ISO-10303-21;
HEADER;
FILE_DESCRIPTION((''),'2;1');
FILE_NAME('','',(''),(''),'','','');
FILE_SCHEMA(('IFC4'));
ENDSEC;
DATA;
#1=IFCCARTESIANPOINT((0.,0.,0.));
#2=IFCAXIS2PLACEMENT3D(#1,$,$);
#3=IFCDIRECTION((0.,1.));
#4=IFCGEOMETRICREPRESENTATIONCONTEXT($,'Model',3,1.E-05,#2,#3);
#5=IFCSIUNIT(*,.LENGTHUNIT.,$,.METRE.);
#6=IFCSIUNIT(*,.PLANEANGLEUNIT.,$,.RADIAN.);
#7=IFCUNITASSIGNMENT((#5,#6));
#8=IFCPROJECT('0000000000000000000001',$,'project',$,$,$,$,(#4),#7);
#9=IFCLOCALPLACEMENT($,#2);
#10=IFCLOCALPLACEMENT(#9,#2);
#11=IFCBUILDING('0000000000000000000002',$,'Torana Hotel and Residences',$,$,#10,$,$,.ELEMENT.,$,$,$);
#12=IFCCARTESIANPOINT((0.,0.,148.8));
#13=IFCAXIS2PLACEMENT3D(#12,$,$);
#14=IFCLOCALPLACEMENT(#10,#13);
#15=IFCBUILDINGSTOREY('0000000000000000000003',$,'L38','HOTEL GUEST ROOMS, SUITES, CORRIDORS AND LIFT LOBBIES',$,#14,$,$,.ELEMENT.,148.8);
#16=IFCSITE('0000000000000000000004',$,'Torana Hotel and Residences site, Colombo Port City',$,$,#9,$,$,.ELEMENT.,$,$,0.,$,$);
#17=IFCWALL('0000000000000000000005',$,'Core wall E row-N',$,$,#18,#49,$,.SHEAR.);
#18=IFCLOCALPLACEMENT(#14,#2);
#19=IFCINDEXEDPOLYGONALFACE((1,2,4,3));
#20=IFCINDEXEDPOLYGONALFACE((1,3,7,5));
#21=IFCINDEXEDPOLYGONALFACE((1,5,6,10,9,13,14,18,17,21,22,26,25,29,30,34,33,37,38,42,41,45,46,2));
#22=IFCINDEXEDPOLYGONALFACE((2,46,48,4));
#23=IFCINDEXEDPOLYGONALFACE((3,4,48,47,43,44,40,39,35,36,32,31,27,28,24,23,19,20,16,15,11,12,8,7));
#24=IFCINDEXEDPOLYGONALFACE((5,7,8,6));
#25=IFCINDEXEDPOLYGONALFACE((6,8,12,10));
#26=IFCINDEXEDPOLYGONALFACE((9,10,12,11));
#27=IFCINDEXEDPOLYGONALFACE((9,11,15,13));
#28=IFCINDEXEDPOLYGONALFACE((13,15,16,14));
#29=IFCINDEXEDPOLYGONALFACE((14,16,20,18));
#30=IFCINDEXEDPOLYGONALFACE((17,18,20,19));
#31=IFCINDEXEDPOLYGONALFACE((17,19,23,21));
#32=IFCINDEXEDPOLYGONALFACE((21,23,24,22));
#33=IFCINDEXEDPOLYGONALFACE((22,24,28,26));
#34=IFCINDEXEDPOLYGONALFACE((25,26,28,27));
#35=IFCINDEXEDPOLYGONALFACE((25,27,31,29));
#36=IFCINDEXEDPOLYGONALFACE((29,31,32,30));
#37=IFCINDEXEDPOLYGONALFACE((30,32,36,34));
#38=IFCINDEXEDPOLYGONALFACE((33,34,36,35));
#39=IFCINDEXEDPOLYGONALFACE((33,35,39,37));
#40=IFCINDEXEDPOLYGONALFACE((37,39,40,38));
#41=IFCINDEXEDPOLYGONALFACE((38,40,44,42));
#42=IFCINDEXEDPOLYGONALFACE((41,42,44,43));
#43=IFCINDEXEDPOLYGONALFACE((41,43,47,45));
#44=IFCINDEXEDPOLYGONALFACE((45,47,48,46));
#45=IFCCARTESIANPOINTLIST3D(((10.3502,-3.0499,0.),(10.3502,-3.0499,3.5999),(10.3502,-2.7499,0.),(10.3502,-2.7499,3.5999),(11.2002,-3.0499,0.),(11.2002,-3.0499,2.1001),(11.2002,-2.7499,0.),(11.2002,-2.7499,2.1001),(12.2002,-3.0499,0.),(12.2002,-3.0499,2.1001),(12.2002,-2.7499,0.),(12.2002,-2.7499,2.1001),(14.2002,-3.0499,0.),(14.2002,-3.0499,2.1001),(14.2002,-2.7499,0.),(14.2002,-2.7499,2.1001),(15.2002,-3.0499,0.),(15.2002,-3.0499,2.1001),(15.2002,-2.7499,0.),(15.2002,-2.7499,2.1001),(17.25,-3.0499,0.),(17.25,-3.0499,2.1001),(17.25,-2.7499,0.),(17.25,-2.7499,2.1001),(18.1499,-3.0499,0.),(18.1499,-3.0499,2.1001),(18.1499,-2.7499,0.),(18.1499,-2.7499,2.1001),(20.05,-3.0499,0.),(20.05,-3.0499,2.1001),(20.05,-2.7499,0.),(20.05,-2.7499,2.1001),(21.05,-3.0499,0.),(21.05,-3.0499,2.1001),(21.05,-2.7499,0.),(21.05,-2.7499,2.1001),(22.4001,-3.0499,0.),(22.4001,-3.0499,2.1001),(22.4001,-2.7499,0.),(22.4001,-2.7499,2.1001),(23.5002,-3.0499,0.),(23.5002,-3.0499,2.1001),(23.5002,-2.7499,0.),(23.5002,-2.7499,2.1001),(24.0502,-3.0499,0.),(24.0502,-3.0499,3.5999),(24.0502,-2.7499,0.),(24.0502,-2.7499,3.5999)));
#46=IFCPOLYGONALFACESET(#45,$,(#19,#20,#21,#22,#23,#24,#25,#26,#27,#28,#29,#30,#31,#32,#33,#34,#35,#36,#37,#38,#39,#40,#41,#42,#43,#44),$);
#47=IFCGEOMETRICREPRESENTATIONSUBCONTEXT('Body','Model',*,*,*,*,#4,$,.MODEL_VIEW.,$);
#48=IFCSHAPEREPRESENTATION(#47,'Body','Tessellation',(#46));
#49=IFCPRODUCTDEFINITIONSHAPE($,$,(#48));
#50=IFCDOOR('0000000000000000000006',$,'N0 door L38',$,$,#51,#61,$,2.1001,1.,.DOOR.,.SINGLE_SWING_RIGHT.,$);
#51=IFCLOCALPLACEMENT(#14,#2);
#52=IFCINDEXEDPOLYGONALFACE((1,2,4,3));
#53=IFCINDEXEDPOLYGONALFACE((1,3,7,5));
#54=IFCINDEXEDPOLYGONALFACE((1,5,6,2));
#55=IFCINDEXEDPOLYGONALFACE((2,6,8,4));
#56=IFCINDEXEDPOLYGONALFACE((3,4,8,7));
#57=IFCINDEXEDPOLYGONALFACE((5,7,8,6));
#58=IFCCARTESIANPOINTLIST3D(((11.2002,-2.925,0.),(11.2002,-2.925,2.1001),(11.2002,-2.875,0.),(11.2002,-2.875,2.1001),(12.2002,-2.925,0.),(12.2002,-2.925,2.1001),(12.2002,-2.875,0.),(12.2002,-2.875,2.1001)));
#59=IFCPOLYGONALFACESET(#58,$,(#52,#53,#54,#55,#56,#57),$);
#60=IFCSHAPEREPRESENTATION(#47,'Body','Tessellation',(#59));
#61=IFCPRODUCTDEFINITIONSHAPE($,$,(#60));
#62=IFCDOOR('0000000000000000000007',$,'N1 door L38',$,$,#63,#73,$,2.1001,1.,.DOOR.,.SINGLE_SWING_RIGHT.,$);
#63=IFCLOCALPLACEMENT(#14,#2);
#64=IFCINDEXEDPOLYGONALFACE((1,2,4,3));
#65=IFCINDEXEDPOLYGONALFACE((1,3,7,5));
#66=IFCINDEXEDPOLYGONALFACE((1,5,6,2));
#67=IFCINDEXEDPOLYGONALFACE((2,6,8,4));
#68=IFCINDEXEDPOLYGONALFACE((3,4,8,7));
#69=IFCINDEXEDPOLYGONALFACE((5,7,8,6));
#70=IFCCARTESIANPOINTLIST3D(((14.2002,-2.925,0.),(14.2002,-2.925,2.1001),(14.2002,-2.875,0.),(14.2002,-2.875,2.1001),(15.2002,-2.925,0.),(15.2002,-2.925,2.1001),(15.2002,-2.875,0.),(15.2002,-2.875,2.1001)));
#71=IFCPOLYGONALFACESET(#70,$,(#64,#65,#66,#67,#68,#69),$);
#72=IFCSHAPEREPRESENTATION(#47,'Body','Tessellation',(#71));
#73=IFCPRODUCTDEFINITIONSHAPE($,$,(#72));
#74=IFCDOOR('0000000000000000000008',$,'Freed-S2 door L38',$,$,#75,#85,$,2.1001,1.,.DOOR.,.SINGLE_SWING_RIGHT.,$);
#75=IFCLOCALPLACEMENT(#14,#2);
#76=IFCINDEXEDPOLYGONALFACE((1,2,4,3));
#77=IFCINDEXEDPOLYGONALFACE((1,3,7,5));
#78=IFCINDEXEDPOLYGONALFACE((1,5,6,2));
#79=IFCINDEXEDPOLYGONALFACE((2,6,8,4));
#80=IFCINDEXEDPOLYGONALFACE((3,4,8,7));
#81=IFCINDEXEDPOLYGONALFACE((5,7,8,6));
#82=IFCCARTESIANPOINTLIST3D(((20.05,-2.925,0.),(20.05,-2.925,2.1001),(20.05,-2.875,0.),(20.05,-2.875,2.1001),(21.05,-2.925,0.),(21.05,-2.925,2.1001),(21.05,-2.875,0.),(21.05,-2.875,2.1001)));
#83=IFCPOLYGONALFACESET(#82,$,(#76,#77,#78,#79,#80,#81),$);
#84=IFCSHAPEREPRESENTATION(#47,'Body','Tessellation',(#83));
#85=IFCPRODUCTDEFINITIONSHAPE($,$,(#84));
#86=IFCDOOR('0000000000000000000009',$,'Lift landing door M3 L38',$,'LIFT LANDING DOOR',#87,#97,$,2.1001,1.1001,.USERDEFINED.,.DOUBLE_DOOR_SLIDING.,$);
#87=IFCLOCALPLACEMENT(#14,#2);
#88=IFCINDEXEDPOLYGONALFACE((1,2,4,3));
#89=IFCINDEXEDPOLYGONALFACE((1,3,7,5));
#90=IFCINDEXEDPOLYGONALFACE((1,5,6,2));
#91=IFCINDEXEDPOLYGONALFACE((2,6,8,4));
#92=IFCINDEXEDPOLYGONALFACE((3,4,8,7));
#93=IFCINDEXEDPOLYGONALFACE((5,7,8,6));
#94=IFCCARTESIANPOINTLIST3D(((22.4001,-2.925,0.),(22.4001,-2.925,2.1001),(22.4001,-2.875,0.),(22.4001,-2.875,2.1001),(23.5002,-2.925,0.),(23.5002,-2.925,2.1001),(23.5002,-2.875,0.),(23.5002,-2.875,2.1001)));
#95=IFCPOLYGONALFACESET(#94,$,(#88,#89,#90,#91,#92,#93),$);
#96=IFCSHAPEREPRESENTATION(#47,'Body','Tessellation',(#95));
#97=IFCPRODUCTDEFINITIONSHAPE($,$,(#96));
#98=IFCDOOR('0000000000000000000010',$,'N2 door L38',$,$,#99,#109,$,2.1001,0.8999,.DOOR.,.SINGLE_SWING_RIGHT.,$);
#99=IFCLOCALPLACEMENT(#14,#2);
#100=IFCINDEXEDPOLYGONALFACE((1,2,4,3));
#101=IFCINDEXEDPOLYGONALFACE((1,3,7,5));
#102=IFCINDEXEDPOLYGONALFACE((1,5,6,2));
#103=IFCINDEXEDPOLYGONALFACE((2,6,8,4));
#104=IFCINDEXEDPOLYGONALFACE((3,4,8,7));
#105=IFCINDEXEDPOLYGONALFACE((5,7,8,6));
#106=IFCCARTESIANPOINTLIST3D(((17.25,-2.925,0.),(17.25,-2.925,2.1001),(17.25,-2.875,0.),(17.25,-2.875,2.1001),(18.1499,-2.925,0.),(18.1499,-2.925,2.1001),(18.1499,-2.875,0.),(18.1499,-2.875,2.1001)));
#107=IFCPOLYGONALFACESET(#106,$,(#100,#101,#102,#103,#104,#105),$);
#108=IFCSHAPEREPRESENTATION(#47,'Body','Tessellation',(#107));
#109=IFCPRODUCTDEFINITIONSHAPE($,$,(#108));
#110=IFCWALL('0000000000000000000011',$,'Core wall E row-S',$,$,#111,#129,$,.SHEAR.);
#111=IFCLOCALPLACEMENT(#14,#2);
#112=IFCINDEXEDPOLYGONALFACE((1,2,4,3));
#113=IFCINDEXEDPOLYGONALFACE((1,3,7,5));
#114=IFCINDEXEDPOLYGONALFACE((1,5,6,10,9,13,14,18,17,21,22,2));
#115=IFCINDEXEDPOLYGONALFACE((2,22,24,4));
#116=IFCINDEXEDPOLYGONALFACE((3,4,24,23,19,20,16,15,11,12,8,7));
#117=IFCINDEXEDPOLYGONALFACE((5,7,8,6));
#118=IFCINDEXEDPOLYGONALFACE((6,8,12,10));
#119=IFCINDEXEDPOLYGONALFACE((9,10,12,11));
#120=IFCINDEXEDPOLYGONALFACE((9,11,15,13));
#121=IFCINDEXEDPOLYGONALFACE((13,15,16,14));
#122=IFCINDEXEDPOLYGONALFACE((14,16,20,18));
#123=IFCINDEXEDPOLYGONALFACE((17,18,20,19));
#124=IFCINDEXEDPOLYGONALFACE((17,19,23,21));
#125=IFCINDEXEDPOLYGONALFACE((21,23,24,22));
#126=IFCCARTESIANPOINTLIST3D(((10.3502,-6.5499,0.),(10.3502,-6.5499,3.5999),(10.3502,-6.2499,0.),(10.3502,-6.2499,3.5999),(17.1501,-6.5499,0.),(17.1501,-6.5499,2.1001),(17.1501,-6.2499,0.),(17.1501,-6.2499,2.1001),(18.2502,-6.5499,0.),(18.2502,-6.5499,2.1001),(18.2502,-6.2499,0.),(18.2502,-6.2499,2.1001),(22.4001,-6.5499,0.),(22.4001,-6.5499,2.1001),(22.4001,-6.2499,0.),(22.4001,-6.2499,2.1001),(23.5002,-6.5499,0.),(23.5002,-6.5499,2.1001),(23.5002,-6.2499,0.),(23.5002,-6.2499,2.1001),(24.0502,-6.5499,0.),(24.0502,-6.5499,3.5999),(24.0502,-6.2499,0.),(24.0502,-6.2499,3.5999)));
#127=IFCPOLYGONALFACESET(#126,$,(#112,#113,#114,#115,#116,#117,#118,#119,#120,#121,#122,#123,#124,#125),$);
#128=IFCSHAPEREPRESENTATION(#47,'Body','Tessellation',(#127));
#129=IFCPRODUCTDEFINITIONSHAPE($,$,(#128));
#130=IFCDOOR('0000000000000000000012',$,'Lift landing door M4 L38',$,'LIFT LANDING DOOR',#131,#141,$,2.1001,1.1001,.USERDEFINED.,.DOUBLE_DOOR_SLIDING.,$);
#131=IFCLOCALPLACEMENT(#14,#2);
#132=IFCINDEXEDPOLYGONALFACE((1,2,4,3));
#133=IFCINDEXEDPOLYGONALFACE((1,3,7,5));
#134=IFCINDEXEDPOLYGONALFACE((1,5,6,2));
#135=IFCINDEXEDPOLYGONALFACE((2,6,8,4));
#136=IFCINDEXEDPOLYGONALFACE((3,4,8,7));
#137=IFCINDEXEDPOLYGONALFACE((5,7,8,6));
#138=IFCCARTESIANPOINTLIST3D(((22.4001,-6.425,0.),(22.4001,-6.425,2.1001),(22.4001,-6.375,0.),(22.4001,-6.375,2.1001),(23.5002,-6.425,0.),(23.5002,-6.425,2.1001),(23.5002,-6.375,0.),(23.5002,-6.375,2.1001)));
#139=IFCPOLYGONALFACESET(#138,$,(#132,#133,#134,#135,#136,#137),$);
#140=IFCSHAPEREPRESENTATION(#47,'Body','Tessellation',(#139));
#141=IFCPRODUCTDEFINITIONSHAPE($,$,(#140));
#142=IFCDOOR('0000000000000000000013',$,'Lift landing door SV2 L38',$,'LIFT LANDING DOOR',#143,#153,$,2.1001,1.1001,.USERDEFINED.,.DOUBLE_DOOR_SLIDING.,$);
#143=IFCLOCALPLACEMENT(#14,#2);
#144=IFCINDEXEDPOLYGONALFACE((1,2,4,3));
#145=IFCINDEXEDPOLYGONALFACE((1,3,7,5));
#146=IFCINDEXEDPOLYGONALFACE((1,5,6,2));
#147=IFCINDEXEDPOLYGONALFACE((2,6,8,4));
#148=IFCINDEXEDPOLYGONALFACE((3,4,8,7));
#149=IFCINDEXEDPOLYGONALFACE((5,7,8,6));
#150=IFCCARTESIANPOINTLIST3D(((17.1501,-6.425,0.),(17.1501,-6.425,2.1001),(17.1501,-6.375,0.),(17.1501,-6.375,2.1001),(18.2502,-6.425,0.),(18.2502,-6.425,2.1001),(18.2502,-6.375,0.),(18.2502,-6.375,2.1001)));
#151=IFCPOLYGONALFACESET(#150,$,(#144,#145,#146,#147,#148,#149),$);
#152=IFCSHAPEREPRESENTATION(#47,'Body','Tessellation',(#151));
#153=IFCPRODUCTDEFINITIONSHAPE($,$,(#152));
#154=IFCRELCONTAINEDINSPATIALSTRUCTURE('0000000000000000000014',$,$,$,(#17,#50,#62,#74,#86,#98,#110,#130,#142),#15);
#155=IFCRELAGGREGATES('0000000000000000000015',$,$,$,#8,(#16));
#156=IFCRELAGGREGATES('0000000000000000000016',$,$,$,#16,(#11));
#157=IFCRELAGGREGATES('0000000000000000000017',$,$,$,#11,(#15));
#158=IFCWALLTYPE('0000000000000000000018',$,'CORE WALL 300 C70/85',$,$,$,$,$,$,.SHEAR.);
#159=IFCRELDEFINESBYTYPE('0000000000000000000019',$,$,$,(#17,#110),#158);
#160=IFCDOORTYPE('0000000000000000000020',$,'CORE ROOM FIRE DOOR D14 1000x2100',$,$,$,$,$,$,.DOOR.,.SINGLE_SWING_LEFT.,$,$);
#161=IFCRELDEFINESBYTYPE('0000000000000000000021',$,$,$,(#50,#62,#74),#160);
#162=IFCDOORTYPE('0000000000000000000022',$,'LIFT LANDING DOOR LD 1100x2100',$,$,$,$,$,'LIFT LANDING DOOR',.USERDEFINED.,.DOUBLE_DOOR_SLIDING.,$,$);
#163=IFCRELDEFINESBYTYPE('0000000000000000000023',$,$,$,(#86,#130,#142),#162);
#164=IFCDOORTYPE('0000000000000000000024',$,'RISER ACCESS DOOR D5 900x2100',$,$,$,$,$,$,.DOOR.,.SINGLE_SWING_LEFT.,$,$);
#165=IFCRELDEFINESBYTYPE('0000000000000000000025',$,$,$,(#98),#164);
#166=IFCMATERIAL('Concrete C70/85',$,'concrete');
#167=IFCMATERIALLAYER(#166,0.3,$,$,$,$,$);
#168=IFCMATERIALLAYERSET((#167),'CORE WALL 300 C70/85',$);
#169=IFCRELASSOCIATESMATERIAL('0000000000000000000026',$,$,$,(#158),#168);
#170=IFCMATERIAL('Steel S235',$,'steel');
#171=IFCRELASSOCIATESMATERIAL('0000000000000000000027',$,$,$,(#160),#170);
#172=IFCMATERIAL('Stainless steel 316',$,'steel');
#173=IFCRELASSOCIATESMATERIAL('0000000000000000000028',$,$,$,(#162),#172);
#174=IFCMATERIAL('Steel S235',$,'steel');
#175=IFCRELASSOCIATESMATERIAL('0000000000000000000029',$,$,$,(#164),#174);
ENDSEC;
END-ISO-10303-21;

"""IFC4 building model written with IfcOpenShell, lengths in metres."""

from ifc_helpers import new_model, si_unit, direction, frame, frame_2d, origin, place, context, subcontext, project, spatial, rectangle, extrude, material, layer, layer_set, type_object, element, fill, save


model = new_model("IFC4")

# Units and contexts
model_context = context("Model", 3, precision=1e-05, world=origin(), true_north=direction((0.0, 1.0)))
body_context = subcontext(model_context, "Body", "Model", "MODEL_VIEW")
ifc_project = project(units=[si_unit("LENGTHUNIT", "METRE"), si_unit("PLANEANGLEUNIT", "RADIAN")], contexts=[model_context])

# Site, building, storey
site_placement = place(None, origin())
site = spatial("IfcSite", under=ifc_project, at=site_placement, Name="Torana Hotel and Residences site, Colombo Port City", CompositionType="ELEMENT", RefElevation=0.0)
building_placement = place(site_placement, origin())
building = spatial("IfcBuilding", under=site, at=building_placement, Name="Torana Hotel and Residences", CompositionType="ELEMENT")
storey_placement = place(building_placement, frame((0.0, 0.0, 148.8)))
storey = spatial("IfcBuildingStorey", under=building, at=storey_placement, Name="L38", Description="HOTEL GUEST ROOMS, SUITES, CORRIDORS AND LIFT LOBBIES", CompositionType="ELEMENT", Elevation=148.8)

# Walls, openings, doors
ifc_material_1 = material(Name="Concrete C70/85", Category="concrete")
ifc_layer_1 = layer(ifc_material_1, 0.3)
ifc_layer_set_1 = layer_set([ifc_layer_1], Name="CORE WALL 300 C70/85")
wall_type_1 = type_object("IfcWallType", Name="CORE WALL 300 C70/85", PredefinedType="SHEAR", material=ifc_layer_set_1)
wall_1_placement = place(storey_placement, frame((10.3501, -2.8999, 0.0), z_axis=(0.0, 0.0, 1.0), x_axis=(1.0, 0.0, 0.0)))
wall_1 = element("IfcWall", 1, at=wall_1_placement, inside=storey, type_object=wall_type_1, Name="Core wall E row-N", PredefinedType="SHEAR", context=body_context, shape_type="SweptSolid", body=[
    extrude(rectangle(XDim=13.7, YDim=0.3, at=frame_2d((6.8501, 0.0))), origin(), (0.0, 0.0, 1.0), 3.5999),
])
opening_1_placement = place(wall_1_placement, frame((12.05, 0.0, 0.0)))
opening_1 = element("IfcOpeningElement", 2, at=opening_1_placement, cuts=wall_1, PredefinedType="OPENING", context=body_context, shape_type="SweptSolid", body=[
    extrude(rectangle(XDim=1.1001, YDim=2.1001, at=frame_2d((0.55, 1.05))), frame((0.0, 0.1599, 0.0), z_axis=(0.0, -1.0, 0.0), x_axis=(1.0, 0.0, 0.0)), (0.0, 0.0, 1.0), 0.3201),
])
opening_2_placement = place(wall_1_placement, frame((6.8999, 0.0, 0.0)))
opening_2 = element("IfcOpeningElement", 3, at=opening_2_placement, cuts=wall_1, PredefinedType="OPENING", context=body_context, shape_type="SweptSolid", body=[
    extrude(rectangle(XDim=0.8999, YDim=2.1001, at=frame_2d((0.45, 1.05))), frame((0.0, 0.1599, 0.0), z_axis=(0.0, -1.0, 0.0), x_axis=(1.0, 0.0, 0.0)), (0.0, 0.0, 1.0), 0.3201),
])
opening_3_placement = place(wall_1_placement, frame((0.8501, 0.0, 0.0)))
opening_3 = element("IfcOpeningElement", 4, at=opening_3_placement, cuts=wall_1, PredefinedType="OPENING", context=body_context, shape_type="SweptSolid", body=[
    extrude(rectangle(XDim=1.0, YDim=2.1001, at=frame_2d((0.5, 1.05))), frame((0.0, 0.1599, 0.0), z_axis=(0.0, -1.0, 0.0), x_axis=(1.0, 0.0, 0.0)), (0.0, 0.0, 1.0), 0.3201),
])
opening_4_placement = place(wall_1_placement, frame((3.8501, 0.0, 0.0)))
opening_4 = element("IfcOpeningElement", 5, at=opening_4_placement, cuts=wall_1, PredefinedType="OPENING", context=body_context, shape_type="SweptSolid", body=[
    extrude(rectangle(XDim=1.0, YDim=2.1001, at=frame_2d((0.5, 1.05))), frame((0.0, 0.1599, 0.0), z_axis=(0.0, -1.0, 0.0), x_axis=(1.0, 0.0, 0.0)), (0.0, 0.0, 1.0), 0.3201),
])
opening_5_placement = place(wall_1_placement, frame((9.7, 0.0, 0.0)))
opening_5 = element("IfcOpeningElement", 6, at=opening_5_placement, cuts=wall_1, PredefinedType="OPENING", context=body_context, shape_type="SweptSolid", body=[
    extrude(rectangle(XDim=1.0, YDim=2.1001, at=frame_2d((0.5, 1.05))), frame((0.0, 0.1599, 0.0), z_axis=(0.0, -1.0, 0.0), x_axis=(1.0, 0.0, 0.0)), (0.0, 0.0, 1.0), 0.3201),
])
ifc_material_2 = material(Name="Steel S235", Category="steel")
door_type_1 = type_object("IfcDoorType", Name="CORE ROOM FIRE DOOR D14 1000x2100", OperationType="SINGLE_SWING_LEFT", PredefinedType="DOOR", material=ifc_material_2)
door_1_placement = place(opening_3_placement, origin())
door_1 = element("IfcDoor", 7, at=door_1_placement, inside=storey, type_object=door_type_1, Name="N0 door L38", OperationType="SINGLE_SWING_RIGHT", OverallHeight=2.1001, OverallWidth=1.0, PredefinedType="DOOR", context=body_context, shape_type="SweptSolid", body=[
    extrude(rectangle(XDim=1.0, YDim=2.1001, at=frame_2d((0.5, 1.05))), frame((0.0, 0.0249, 0.0), z_axis=(0.0, -1.0, 0.0), x_axis=(1.0, 0.0, 0.0)), (0.0, 0.0, 1.0), 0.05),
])
fill(opening_3, door_1)
door_2_placement = place(opening_4_placement, origin())
door_2 = element("IfcDoor", 8, at=door_2_placement, inside=storey, type_object=door_type_1, Name="N1 door L38", OperationType="SINGLE_SWING_RIGHT", OverallHeight=2.1001, OverallWidth=1.0, PredefinedType="DOOR", context=body_context, shape_type="SweptSolid", body=[
    extrude(rectangle(XDim=1.0, YDim=2.1001, at=frame_2d((0.5, 1.05))), frame((0.0, 0.0249, 0.0), z_axis=(0.0, -1.0, 0.0), x_axis=(1.0, 0.0, 0.0)), (0.0, 0.0, 1.0), 0.05),
])
fill(opening_4, door_2)
door_3_placement = place(opening_5_placement, origin())
door_3 = element("IfcDoor", 9, at=door_3_placement, inside=storey, type_object=door_type_1, Name="Freed-S2 door L38", OperationType="SINGLE_SWING_RIGHT", OverallHeight=2.1001, OverallWidth=1.0, PredefinedType="DOOR", context=body_context, shape_type="SweptSolid", body=[
    extrude(rectangle(XDim=1.0, YDim=2.1001, at=frame_2d((0.5, 1.05))), frame((0.0, 0.0249, 0.0), z_axis=(0.0, -1.0, 0.0), x_axis=(1.0, 0.0, 0.0)), (0.0, 0.0, 1.0), 0.05),
])
fill(opening_5, door_3)
ifc_material_3 = material(Name="Stainless steel 316", Category="steel")
door_type_2 = type_object("IfcDoorType", Name="LIFT LANDING DOOR LD 1100x2100", ElementType="LIFT LANDING DOOR", OperationType="DOUBLE_DOOR_SLIDING", PredefinedType="USERDEFINED", material=ifc_material_3)
door_4_placement = place(opening_1_placement, origin())
door_4 = element("IfcDoor", 10, at=door_4_placement, inside=storey, type_object=door_type_2, Name="Lift landing door M3 L38", ObjectType="LIFT LANDING DOOR", OperationType="DOUBLE_DOOR_SLIDING", OverallHeight=2.1001, OverallWidth=1.1001, PredefinedType="USERDEFINED", context=body_context, shape_type="SweptSolid", body=[
    extrude(rectangle(XDim=1.1001, YDim=2.1001, at=frame_2d((0.55, 1.05))), frame((0.0, 0.0249, 0.0), z_axis=(0.0, -1.0, 0.0), x_axis=(1.0, 0.0, 0.0)), (0.0, 0.0, 1.0), 0.05),
])
fill(opening_1, door_4)
ifc_material_4 = material(Name="Steel S235", Category="steel")
door_type_3 = type_object("IfcDoorType", Name="RISER ACCESS DOOR D5 900x2100", OperationType="SINGLE_SWING_LEFT", PredefinedType="DOOR", material=ifc_material_4)
door_5_placement = place(opening_2_placement, origin())
door_5 = element("IfcDoor", 11, at=door_5_placement, inside=storey, type_object=door_type_3, Name="N2 door L38", OperationType="SINGLE_SWING_RIGHT", OverallHeight=2.1001, OverallWidth=0.8999, PredefinedType="DOOR", context=body_context, shape_type="SweptSolid", body=[
    extrude(rectangle(XDim=0.8999, YDim=2.1001, at=frame_2d((0.45, 1.05))), frame((0.0, 0.0249, 0.0), z_axis=(0.0, -1.0, 0.0), x_axis=(1.0, 0.0, 0.0)), (0.0, 0.0, 1.0), 0.05),
])
fill(opening_2, door_5)
wall_2_placement = place(storey_placement, frame((10.3501, -6.3999, 0.0), z_axis=(0.0, 0.0, 1.0), x_axis=(1.0, 0.0, 0.0)))
wall_2 = element("IfcWall", 12, at=wall_2_placement, inside=storey, type_object=wall_type_1, Name="Core wall E row-S", PredefinedType="SHEAR", context=body_context, shape_type="SweptSolid", body=[
    extrude(rectangle(XDim=13.7, YDim=0.3, at=frame_2d((6.8501, 0.0))), origin(), (0.0, 0.0, 1.0), 3.5999),
])
opening_6_placement = place(wall_2_placement, frame((12.05, 0.0, 0.0)))
opening_6 = element("IfcOpeningElement", 13, at=opening_6_placement, cuts=wall_2, PredefinedType="OPENING", context=body_context, shape_type="SweptSolid", body=[
    extrude(rectangle(XDim=1.1001, YDim=2.1001, at=frame_2d((0.55, 1.05))), frame((0.0, 0.1599, 0.0), z_axis=(0.0, -1.0, 0.0), x_axis=(1.0, 0.0, 0.0)), (0.0, 0.0, 1.0), 0.3201),
])
opening_7_placement = place(wall_2_placement, frame((6.8, 0.0, 0.0)))
opening_7 = element("IfcOpeningElement", 14, at=opening_7_placement, cuts=wall_2, PredefinedType="OPENING", context=body_context, shape_type="SweptSolid", body=[
    extrude(rectangle(XDim=1.1001, YDim=2.1001, at=frame_2d((0.55, 1.05))), frame((0.0, 0.1599, 0.0), z_axis=(0.0, -1.0, 0.0), x_axis=(1.0, 0.0, 0.0)), (0.0, 0.0, 1.0), 0.3201),
])
door_6_placement = place(opening_6_placement, origin())
door_6 = element("IfcDoor", 15, at=door_6_placement, inside=storey, type_object=door_type_2, Name="Lift landing door M4 L38", ObjectType="LIFT LANDING DOOR", OperationType="DOUBLE_DOOR_SLIDING", OverallHeight=2.1001, OverallWidth=1.1001, PredefinedType="USERDEFINED", context=body_context, shape_type="SweptSolid", body=[
    extrude(rectangle(XDim=1.1001, YDim=2.1001, at=frame_2d((0.55, 1.05))), frame((0.0, 0.0249, 0.0), z_axis=(0.0, -1.0, 0.0), x_axis=(1.0, 0.0, 0.0)), (0.0, 0.0, 1.0), 0.05),
])
fill(opening_6, door_6)
door_7_placement = place(opening_7_placement, origin())
door_7 = element("IfcDoor", 16, at=door_7_placement, inside=storey, type_object=door_type_2, Name="Lift landing door SV2 L38", ObjectType="LIFT LANDING DOOR", OperationType="DOUBLE_DOOR_SLIDING", OverallHeight=2.1001, OverallWidth=1.1001, PredefinedType="USERDEFINED", context=body_context, shape_type="SweptSolid", body=[
    extrude(rectangle(XDim=1.1001, YDim=2.1001, at=frame_2d((0.55, 1.05))), frame((0.0, 0.0249, 0.0), z_axis=(0.0, -1.0, 0.0), x_axis=(1.0, 0.0, 0.0)), (0.0, 0.0, 1.0), 0.05),
])
fill(opening_7, door_7)

save(model, "model.ifc")
